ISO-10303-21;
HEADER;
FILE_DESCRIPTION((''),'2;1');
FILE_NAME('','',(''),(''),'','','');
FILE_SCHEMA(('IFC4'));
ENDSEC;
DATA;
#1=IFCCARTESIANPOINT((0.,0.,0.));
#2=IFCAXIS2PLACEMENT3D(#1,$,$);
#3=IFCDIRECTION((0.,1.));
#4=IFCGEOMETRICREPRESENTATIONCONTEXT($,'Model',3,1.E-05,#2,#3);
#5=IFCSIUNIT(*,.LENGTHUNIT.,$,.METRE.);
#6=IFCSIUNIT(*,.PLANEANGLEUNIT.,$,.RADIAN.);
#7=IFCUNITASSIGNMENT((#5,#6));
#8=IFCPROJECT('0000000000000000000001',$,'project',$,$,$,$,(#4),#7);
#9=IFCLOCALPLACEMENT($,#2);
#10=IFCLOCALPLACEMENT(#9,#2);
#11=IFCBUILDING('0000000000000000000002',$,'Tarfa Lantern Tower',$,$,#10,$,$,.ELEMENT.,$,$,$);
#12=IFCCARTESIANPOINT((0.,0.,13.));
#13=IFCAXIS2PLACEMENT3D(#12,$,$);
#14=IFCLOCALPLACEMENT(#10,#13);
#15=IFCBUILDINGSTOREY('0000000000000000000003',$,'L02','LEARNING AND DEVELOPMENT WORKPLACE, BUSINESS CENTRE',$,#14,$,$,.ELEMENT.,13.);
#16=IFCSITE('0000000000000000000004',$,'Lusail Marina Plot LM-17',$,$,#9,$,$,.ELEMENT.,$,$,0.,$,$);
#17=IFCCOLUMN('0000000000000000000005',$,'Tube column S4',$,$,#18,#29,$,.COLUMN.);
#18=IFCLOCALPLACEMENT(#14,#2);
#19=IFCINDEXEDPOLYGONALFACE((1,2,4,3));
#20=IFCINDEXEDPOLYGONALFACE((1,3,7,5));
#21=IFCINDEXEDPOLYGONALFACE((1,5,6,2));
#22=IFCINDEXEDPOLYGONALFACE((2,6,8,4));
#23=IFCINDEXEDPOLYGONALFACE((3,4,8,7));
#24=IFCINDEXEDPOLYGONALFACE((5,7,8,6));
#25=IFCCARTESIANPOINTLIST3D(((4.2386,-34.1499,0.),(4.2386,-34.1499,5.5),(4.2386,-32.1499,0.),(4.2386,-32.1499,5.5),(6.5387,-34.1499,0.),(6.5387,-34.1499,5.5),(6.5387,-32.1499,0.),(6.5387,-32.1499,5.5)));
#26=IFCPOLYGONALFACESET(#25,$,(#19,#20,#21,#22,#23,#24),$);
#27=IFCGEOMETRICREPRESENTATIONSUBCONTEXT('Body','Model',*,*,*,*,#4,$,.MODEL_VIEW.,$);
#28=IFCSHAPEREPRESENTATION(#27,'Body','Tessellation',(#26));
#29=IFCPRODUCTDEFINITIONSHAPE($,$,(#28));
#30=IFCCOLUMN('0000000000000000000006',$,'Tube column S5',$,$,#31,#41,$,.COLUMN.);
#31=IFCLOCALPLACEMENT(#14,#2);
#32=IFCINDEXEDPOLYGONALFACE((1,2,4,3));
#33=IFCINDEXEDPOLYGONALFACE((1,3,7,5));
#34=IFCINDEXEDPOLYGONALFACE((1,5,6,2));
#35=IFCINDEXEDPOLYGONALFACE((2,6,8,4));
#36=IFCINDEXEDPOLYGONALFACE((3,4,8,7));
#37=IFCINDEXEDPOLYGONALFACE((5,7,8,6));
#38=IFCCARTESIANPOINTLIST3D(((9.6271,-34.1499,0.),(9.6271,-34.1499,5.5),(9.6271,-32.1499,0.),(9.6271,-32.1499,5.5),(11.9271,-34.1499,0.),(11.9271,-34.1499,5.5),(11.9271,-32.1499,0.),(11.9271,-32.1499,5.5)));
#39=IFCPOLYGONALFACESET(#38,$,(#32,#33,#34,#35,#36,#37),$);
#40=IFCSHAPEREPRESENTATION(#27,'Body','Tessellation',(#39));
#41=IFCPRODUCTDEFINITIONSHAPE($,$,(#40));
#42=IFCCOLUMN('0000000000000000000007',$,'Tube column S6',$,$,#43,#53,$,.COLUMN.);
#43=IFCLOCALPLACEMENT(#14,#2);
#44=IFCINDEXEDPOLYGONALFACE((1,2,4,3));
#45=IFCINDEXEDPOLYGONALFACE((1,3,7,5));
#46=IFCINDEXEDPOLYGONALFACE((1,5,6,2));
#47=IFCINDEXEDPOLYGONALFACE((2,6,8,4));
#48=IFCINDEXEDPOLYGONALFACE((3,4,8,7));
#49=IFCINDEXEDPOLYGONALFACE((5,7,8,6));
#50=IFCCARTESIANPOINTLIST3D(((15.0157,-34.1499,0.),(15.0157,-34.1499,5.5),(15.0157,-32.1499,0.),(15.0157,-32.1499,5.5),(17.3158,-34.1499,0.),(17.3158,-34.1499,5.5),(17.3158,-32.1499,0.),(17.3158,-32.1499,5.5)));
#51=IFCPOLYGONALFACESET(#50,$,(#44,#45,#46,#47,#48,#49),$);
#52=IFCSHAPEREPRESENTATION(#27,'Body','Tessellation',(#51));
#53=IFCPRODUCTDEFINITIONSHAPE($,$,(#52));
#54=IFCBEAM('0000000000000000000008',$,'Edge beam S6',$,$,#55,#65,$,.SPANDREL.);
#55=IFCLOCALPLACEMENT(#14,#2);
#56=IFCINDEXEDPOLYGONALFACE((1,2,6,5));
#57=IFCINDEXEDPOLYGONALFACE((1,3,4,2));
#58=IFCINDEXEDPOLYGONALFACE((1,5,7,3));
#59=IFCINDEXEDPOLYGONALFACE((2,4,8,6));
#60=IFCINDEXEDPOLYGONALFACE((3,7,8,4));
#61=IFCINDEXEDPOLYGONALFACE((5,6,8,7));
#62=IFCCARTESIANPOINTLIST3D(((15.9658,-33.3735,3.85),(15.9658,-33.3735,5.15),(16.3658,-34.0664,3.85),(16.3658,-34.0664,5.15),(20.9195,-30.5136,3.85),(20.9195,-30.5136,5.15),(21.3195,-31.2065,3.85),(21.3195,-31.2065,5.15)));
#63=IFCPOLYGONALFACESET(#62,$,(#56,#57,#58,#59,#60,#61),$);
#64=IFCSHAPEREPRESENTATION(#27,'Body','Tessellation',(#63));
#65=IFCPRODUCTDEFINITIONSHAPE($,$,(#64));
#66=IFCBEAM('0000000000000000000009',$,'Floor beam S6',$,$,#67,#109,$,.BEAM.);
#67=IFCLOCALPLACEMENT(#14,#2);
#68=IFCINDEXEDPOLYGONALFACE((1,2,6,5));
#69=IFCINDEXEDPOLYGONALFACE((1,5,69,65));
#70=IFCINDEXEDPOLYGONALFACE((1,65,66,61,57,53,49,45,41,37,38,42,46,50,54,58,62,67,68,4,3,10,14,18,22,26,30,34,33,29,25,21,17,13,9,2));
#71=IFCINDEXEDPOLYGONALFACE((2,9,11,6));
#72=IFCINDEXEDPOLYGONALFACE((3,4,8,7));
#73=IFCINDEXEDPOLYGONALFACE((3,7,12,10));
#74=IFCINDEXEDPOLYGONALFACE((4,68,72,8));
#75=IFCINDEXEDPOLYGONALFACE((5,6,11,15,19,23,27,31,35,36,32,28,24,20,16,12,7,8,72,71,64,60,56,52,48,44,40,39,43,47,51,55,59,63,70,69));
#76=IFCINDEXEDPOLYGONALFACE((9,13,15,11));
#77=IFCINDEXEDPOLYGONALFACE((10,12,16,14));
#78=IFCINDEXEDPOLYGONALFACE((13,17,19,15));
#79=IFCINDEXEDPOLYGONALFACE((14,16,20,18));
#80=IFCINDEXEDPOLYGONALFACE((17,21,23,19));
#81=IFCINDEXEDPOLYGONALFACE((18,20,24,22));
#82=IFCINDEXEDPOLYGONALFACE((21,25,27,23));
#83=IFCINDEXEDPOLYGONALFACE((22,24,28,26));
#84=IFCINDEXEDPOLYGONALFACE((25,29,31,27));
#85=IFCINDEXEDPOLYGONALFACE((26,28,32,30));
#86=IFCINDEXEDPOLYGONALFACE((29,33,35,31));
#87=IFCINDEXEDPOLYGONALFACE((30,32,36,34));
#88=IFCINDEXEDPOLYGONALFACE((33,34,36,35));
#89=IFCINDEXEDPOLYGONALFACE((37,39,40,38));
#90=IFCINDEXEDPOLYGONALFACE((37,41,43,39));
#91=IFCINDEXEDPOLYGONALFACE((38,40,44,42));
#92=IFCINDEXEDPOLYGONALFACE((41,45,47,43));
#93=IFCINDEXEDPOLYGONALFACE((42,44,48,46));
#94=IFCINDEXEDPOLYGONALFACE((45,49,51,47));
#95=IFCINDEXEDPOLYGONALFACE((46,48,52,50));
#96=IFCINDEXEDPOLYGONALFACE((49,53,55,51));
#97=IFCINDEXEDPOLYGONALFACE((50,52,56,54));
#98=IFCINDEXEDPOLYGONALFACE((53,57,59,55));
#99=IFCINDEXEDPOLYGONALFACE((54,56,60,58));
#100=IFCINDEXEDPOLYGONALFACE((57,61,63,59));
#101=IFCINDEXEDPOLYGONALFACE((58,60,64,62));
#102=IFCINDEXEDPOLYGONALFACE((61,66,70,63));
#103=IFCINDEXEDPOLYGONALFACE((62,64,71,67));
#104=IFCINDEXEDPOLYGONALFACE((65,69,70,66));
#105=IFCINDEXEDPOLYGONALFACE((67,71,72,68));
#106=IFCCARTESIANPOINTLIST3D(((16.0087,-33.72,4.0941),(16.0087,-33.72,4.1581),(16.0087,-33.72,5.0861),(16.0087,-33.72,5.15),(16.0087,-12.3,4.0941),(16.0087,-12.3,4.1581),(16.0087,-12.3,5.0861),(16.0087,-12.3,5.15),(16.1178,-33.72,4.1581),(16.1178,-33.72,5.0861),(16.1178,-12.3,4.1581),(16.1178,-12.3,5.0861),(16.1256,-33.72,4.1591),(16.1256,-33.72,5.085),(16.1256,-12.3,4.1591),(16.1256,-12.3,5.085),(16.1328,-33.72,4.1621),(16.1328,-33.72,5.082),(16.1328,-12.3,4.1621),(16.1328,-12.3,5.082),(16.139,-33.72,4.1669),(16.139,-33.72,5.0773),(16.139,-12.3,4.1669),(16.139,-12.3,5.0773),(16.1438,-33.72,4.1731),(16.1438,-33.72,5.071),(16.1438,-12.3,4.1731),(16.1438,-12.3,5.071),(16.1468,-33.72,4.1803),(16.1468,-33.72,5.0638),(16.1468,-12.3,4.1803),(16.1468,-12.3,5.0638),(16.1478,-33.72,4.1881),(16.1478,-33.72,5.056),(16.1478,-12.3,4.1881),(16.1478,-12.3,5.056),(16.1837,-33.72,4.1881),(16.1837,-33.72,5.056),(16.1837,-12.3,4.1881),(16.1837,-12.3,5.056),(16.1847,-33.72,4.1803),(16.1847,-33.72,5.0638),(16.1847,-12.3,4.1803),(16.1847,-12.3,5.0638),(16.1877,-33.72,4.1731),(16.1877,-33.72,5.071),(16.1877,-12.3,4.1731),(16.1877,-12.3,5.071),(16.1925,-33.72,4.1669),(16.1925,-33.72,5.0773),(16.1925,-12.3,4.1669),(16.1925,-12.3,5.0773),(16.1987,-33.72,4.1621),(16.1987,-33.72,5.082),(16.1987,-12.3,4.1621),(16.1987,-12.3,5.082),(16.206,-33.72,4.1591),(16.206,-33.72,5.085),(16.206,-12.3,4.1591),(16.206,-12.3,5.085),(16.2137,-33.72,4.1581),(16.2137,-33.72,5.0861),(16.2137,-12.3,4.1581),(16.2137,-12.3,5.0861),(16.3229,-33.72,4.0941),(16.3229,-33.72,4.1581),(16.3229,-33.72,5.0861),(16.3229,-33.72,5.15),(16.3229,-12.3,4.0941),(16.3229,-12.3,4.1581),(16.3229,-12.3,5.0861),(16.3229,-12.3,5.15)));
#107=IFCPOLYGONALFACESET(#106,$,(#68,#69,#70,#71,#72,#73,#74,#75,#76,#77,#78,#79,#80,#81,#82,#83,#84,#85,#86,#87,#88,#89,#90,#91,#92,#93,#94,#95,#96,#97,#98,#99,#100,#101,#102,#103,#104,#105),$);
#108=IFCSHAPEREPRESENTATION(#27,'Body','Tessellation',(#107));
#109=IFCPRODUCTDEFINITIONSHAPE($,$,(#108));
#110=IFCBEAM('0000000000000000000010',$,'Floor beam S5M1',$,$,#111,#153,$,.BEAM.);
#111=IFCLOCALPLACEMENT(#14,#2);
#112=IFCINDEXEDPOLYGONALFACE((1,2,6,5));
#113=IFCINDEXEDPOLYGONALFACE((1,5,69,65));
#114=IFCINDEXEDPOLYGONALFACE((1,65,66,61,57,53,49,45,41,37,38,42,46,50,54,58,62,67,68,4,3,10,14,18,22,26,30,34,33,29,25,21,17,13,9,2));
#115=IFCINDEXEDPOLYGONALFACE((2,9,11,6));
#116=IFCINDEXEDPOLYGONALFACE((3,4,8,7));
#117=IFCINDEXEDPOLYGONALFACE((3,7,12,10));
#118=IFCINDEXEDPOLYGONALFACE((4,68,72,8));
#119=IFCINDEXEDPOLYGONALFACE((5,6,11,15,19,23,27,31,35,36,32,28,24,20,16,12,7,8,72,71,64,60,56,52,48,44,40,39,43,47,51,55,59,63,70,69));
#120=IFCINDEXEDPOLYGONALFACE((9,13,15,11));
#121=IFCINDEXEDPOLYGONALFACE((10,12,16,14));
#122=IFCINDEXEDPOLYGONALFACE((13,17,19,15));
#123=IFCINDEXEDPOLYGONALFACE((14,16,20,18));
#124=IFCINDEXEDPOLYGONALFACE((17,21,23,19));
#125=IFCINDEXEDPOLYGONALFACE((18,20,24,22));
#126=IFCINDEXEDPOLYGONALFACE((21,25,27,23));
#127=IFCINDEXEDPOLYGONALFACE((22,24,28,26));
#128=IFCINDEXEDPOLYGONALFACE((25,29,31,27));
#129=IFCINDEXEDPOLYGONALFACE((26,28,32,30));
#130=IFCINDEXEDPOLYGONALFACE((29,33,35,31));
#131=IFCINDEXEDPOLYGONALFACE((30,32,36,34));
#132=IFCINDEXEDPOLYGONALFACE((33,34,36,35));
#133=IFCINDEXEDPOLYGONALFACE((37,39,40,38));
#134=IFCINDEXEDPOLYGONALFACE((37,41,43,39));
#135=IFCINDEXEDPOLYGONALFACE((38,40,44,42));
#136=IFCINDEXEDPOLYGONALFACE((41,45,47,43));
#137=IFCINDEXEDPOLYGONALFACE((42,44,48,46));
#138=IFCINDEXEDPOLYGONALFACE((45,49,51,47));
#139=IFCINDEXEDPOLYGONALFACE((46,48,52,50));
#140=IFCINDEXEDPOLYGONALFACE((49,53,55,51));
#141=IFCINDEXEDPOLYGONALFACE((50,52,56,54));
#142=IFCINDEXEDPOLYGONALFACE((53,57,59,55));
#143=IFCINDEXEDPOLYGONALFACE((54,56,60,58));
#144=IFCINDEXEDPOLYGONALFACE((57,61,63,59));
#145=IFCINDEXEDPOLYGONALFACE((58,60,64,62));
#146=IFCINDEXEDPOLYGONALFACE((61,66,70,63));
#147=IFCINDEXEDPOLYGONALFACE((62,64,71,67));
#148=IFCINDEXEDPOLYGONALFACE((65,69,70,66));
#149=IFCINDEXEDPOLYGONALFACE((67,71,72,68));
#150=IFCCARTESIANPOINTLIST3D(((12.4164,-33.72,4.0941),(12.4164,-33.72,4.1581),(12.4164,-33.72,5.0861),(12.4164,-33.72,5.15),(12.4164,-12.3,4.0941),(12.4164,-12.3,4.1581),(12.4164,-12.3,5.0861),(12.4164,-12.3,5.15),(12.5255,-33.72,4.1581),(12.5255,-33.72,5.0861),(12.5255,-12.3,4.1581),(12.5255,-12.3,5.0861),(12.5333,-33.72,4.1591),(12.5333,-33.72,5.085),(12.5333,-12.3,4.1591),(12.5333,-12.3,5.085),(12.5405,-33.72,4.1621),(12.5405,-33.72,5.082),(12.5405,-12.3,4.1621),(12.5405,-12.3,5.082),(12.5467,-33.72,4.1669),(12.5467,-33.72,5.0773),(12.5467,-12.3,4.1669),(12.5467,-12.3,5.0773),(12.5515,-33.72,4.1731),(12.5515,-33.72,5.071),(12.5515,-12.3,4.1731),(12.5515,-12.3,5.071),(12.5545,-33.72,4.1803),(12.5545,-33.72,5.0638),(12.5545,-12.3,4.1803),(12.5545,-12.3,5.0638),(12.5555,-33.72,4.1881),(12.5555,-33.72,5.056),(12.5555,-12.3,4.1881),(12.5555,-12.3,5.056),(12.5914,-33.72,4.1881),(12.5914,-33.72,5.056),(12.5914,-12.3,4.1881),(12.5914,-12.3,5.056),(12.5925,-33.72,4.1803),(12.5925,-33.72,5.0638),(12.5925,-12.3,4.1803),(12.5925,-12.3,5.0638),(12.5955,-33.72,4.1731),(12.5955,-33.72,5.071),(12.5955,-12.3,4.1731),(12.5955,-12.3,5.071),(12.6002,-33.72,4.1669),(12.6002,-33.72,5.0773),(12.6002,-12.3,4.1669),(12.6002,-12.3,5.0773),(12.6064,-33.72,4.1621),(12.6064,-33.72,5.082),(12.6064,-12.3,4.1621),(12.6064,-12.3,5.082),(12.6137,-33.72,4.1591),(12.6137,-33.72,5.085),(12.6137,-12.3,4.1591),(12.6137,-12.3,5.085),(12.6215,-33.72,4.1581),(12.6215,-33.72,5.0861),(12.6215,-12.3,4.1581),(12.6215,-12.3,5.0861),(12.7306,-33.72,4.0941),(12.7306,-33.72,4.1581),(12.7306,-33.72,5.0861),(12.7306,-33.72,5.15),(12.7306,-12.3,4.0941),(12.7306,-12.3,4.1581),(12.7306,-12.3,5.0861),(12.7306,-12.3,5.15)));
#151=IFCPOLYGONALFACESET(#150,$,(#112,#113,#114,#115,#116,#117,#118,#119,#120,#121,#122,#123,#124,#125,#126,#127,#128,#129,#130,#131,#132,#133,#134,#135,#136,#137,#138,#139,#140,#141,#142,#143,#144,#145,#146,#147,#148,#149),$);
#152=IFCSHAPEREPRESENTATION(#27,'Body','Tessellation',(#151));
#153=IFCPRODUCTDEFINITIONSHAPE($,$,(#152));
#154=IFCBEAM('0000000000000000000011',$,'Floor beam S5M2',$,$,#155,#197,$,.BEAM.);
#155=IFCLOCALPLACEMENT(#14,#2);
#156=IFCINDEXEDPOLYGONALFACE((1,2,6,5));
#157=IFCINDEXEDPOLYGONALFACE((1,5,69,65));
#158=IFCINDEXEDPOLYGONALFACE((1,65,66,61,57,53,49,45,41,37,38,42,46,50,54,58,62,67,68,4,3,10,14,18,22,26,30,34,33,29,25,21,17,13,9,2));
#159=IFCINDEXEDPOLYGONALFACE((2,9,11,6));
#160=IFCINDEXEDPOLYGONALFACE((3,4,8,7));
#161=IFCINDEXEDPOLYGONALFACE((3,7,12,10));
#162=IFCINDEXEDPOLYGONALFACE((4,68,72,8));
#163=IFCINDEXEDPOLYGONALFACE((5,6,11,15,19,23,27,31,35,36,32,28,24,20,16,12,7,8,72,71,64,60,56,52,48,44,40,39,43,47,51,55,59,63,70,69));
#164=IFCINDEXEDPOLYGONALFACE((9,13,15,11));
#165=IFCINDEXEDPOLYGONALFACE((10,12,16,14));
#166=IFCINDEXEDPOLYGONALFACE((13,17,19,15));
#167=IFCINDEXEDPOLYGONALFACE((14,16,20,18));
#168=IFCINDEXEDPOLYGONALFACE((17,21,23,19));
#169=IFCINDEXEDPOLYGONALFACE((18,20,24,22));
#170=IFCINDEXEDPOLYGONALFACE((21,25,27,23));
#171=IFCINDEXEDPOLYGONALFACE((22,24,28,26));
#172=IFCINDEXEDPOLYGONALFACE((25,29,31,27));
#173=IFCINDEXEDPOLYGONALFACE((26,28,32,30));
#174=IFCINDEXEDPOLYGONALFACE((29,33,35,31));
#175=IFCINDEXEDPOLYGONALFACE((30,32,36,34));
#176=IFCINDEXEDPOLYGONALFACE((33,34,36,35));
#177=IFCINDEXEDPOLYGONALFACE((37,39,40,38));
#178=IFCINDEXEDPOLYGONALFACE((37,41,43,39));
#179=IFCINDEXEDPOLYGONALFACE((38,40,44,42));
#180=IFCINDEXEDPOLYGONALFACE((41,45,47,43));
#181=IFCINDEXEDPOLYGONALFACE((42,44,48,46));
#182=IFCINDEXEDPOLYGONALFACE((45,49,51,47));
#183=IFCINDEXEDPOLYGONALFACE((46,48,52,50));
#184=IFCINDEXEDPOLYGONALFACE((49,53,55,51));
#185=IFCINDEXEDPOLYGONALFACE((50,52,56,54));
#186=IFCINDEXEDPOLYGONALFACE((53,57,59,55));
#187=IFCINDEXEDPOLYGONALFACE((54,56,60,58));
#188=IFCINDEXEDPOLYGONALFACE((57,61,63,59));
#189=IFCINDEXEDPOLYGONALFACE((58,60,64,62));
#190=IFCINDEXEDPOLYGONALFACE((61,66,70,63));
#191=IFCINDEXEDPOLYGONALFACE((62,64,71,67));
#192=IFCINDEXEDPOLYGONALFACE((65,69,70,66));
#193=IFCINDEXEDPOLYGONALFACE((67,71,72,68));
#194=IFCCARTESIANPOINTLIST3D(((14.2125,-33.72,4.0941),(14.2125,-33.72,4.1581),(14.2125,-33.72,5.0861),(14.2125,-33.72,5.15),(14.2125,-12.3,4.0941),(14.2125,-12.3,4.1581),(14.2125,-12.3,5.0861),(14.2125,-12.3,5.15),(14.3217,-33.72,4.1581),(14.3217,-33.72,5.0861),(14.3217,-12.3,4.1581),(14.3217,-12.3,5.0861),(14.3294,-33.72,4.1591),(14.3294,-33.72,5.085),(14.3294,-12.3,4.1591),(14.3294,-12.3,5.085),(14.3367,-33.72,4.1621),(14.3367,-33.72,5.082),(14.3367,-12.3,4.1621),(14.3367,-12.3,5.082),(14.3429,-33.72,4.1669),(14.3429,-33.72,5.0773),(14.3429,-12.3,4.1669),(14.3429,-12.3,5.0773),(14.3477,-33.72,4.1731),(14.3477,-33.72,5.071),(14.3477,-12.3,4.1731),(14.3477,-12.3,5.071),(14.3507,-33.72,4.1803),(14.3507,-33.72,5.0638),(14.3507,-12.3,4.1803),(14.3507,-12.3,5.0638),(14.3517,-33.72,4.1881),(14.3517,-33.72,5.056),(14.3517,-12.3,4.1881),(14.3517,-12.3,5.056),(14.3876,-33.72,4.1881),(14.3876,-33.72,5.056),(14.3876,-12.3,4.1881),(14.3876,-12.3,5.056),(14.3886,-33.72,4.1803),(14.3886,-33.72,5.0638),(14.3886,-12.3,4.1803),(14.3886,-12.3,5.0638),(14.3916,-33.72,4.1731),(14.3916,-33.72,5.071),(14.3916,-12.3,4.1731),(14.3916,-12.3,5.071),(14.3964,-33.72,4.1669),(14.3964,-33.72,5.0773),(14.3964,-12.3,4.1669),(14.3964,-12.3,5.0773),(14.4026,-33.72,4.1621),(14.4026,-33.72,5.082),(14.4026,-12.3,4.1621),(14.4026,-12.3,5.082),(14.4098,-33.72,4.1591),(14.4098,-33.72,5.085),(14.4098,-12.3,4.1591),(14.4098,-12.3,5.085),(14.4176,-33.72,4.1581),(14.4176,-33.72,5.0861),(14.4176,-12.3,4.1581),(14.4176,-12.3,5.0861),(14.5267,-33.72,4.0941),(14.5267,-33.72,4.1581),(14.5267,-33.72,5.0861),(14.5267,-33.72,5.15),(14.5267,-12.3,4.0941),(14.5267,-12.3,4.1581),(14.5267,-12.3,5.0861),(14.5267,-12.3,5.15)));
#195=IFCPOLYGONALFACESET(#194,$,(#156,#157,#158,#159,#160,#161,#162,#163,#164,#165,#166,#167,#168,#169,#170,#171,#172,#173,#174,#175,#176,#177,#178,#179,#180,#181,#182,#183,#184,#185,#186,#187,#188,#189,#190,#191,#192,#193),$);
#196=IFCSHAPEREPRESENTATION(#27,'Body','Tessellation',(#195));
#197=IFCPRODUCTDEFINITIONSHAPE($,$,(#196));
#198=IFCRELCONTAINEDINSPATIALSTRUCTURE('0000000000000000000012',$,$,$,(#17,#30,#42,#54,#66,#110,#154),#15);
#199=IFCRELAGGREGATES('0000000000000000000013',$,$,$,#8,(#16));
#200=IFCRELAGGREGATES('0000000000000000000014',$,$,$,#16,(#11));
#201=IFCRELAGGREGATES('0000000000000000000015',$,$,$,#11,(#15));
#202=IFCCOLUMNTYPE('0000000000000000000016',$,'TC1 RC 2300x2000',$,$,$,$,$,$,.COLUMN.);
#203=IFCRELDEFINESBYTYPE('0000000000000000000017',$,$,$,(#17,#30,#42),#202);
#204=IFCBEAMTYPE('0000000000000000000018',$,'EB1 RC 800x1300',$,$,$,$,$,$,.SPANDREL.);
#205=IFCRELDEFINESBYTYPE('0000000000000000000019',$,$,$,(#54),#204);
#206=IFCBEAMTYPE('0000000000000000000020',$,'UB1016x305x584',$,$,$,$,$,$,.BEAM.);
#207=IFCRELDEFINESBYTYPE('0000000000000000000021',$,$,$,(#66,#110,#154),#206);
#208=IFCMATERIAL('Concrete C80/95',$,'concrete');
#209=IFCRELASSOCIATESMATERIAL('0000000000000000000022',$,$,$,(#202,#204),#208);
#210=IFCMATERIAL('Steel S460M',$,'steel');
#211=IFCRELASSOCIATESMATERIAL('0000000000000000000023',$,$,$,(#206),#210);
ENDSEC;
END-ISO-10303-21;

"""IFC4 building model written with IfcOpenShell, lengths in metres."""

from ifc_helpers import new_model, si_unit, direction, frame, origin, origin_2d, place, context, subcontext, project, spatial, rectangle, i_section, extrude, material, material_profile, profile_set, type_object, element, save


model = new_model("IFC4")

# Units and contexts
model_context = context("Model", 3, precision=1e-05, world=origin(), true_north=direction((0.0, 1.0)))
body_context = subcontext(model_context, "Body", "Model", "MODEL_VIEW")
ifc_project = project(units=[si_unit("LENGTHUNIT", "METRE"), si_unit("PLANEANGLEUNIT", "RADIAN")], contexts=[model_context])

# Site, building, storey
site_placement = place(None, origin())
site = spatial("IfcSite", under=ifc_project, at=site_placement, Name="Lusail Marina Plot LM-17", CompositionType="ELEMENT", RefElevation=0.0)
building_placement = place(site_placement, origin())
building = spatial("IfcBuilding", under=site, at=building_placement, Name="Tarfa Lantern Tower", CompositionType="ELEMENT")
storey_placement = place(building_placement, frame((0.0, 0.0, 13.0)))
storey = spatial("IfcBuildingStorey", under=building, at=storey_placement, Name="L02", Description="LEARNING AND DEVELOPMENT WORKPLACE, BUSINESS CENTRE", CompositionType="ELEMENT", Elevation=13.0)

# Columns
ifc_material_1 = material(Name="Concrete C80/95", Category="concrete")
ifc_material_profile_1 = material_profile(ifc_material_1, rectangle(XDim=2.3, YDim=2.0, at=origin_2d()), Name="RC 2300x2000")
ifc_profile_set_1 = profile_set([ifc_material_profile_1], Name="Concrete C80/95")
column_type = type_object("IfcColumnType", Name="TC1 RC 2300x2000", PredefinedType="COLUMN", material=ifc_profile_set_1)
for number, where, z_axis, x_axis, name in (
    (1, (5.3887, -33.1499, 0.0), (0.0, 0.0, 1.0), (1.0, 0.0, 0.0), "Tube column S4"),
    (2, (10.7771, -33.1499, 0.0), (0.0, 0.0, 1.0), (1.0, 0.0, 0.0), "Tube column S5"),
    (3, (16.1658, -33.1499, 0.0), (0.0, 0.0, 1.0), (1.0, 0.0, 0.0), "Tube column S6"),
):
    element("IfcColumn", number, at=place(storey_placement, frame(where, z_axis=z_axis, x_axis=x_axis)), inside=storey, type_object=column_type, Name=name, PredefinedType="COLUMN", context=body_context, shape_type="SweptSolid", body=[
        extrude(rectangle(XDim=2.3, YDim=2.0, at=origin_2d()), origin(), (0.0, 0.0, 1.0), 5.5),
    ])

# Beams
ifc_material_profile_2 = material_profile(ifc_material_1, rectangle(XDim=0.8, YDim=1.3, at=origin_2d()), Name="RC 800x1300")
ifc_profile_set_2 = profile_set([ifc_material_profile_2], Name="Concrete C80/95")
beam_type_1 = type_object("IfcBeamType", Name="EB1 RC 800x1300", PredefinedType="SPANDREL", material=ifc_profile_set_2)
beam_placement = place(storey_placement, frame((16.1658, -33.72, 4.5), z_axis=(0.866033, 0.499986, 0.0), x_axis=(-0.499986, 0.866033, 0.0)))
element("IfcBeam", 4, at=beam_placement, inside=storey, type_object=beam_type_1, Name="Edge beam S6", PredefinedType="SPANDREL", context=body_context, shape_type="SweptSolid", body=[
    extrude(rectangle(XDim=0.8, YDim=1.3, at=origin_2d()), origin(), (0.0, 0.0, 1.0), 5.72),
])
ifc_material_2 = material(Name="Steel S460M", Category="steel")
ifc_material_profile_3 = material_profile(ifc_material_2, i_section(OverallWidth=0.3142, OverallDepth=1.0559, WebThickness=0.0359, FlangeThickness=0.064, FilletRadius=0.03, at=origin_2d()), Name="UB1016x305x584")
ifc_profile_set_3 = profile_set([ifc_material_profile_3], Name="Steel S460M")
beam_type_2 = type_object("IfcBeamType", Name="UB1016x305x584", PredefinedType="BEAM", material=ifc_profile_set_3)
for number, where, z_axis, x_axis, name in (
    (5, (16.1658, -33.72, 4.6221), (0.0, 1.0, 0.0), (-1.0, 0.0, 0.0), "Floor beam S6"),
    (6, (12.5735, -33.72, 4.6221), (0.0, 1.0, 0.0), (-1.0, 0.0, 0.0), "Floor beam S5M1"),
    (7, (14.3696, -33.72, 4.6221), (0.0, 1.0, 0.0), (-1.0, 0.0, 0.0), "Floor beam S5M2"),
):
    element("IfcBeam", number, at=place(storey_placement, frame(where, z_axis=z_axis, x_axis=x_axis)), inside=storey, type_object=beam_type_2, Name=name, PredefinedType="BEAM", context=body_context, shape_type="SweptSolid", body=[
        extrude(i_section(OverallWidth=0.3142, OverallDepth=1.0559, WebThickness=0.0359, FlangeThickness=0.064, FilletRadius=0.03, at=origin_2d()), origin(), (0.0, 0.0, 1.0), 21.4199),
    ])

save(model, "model.ifc")
